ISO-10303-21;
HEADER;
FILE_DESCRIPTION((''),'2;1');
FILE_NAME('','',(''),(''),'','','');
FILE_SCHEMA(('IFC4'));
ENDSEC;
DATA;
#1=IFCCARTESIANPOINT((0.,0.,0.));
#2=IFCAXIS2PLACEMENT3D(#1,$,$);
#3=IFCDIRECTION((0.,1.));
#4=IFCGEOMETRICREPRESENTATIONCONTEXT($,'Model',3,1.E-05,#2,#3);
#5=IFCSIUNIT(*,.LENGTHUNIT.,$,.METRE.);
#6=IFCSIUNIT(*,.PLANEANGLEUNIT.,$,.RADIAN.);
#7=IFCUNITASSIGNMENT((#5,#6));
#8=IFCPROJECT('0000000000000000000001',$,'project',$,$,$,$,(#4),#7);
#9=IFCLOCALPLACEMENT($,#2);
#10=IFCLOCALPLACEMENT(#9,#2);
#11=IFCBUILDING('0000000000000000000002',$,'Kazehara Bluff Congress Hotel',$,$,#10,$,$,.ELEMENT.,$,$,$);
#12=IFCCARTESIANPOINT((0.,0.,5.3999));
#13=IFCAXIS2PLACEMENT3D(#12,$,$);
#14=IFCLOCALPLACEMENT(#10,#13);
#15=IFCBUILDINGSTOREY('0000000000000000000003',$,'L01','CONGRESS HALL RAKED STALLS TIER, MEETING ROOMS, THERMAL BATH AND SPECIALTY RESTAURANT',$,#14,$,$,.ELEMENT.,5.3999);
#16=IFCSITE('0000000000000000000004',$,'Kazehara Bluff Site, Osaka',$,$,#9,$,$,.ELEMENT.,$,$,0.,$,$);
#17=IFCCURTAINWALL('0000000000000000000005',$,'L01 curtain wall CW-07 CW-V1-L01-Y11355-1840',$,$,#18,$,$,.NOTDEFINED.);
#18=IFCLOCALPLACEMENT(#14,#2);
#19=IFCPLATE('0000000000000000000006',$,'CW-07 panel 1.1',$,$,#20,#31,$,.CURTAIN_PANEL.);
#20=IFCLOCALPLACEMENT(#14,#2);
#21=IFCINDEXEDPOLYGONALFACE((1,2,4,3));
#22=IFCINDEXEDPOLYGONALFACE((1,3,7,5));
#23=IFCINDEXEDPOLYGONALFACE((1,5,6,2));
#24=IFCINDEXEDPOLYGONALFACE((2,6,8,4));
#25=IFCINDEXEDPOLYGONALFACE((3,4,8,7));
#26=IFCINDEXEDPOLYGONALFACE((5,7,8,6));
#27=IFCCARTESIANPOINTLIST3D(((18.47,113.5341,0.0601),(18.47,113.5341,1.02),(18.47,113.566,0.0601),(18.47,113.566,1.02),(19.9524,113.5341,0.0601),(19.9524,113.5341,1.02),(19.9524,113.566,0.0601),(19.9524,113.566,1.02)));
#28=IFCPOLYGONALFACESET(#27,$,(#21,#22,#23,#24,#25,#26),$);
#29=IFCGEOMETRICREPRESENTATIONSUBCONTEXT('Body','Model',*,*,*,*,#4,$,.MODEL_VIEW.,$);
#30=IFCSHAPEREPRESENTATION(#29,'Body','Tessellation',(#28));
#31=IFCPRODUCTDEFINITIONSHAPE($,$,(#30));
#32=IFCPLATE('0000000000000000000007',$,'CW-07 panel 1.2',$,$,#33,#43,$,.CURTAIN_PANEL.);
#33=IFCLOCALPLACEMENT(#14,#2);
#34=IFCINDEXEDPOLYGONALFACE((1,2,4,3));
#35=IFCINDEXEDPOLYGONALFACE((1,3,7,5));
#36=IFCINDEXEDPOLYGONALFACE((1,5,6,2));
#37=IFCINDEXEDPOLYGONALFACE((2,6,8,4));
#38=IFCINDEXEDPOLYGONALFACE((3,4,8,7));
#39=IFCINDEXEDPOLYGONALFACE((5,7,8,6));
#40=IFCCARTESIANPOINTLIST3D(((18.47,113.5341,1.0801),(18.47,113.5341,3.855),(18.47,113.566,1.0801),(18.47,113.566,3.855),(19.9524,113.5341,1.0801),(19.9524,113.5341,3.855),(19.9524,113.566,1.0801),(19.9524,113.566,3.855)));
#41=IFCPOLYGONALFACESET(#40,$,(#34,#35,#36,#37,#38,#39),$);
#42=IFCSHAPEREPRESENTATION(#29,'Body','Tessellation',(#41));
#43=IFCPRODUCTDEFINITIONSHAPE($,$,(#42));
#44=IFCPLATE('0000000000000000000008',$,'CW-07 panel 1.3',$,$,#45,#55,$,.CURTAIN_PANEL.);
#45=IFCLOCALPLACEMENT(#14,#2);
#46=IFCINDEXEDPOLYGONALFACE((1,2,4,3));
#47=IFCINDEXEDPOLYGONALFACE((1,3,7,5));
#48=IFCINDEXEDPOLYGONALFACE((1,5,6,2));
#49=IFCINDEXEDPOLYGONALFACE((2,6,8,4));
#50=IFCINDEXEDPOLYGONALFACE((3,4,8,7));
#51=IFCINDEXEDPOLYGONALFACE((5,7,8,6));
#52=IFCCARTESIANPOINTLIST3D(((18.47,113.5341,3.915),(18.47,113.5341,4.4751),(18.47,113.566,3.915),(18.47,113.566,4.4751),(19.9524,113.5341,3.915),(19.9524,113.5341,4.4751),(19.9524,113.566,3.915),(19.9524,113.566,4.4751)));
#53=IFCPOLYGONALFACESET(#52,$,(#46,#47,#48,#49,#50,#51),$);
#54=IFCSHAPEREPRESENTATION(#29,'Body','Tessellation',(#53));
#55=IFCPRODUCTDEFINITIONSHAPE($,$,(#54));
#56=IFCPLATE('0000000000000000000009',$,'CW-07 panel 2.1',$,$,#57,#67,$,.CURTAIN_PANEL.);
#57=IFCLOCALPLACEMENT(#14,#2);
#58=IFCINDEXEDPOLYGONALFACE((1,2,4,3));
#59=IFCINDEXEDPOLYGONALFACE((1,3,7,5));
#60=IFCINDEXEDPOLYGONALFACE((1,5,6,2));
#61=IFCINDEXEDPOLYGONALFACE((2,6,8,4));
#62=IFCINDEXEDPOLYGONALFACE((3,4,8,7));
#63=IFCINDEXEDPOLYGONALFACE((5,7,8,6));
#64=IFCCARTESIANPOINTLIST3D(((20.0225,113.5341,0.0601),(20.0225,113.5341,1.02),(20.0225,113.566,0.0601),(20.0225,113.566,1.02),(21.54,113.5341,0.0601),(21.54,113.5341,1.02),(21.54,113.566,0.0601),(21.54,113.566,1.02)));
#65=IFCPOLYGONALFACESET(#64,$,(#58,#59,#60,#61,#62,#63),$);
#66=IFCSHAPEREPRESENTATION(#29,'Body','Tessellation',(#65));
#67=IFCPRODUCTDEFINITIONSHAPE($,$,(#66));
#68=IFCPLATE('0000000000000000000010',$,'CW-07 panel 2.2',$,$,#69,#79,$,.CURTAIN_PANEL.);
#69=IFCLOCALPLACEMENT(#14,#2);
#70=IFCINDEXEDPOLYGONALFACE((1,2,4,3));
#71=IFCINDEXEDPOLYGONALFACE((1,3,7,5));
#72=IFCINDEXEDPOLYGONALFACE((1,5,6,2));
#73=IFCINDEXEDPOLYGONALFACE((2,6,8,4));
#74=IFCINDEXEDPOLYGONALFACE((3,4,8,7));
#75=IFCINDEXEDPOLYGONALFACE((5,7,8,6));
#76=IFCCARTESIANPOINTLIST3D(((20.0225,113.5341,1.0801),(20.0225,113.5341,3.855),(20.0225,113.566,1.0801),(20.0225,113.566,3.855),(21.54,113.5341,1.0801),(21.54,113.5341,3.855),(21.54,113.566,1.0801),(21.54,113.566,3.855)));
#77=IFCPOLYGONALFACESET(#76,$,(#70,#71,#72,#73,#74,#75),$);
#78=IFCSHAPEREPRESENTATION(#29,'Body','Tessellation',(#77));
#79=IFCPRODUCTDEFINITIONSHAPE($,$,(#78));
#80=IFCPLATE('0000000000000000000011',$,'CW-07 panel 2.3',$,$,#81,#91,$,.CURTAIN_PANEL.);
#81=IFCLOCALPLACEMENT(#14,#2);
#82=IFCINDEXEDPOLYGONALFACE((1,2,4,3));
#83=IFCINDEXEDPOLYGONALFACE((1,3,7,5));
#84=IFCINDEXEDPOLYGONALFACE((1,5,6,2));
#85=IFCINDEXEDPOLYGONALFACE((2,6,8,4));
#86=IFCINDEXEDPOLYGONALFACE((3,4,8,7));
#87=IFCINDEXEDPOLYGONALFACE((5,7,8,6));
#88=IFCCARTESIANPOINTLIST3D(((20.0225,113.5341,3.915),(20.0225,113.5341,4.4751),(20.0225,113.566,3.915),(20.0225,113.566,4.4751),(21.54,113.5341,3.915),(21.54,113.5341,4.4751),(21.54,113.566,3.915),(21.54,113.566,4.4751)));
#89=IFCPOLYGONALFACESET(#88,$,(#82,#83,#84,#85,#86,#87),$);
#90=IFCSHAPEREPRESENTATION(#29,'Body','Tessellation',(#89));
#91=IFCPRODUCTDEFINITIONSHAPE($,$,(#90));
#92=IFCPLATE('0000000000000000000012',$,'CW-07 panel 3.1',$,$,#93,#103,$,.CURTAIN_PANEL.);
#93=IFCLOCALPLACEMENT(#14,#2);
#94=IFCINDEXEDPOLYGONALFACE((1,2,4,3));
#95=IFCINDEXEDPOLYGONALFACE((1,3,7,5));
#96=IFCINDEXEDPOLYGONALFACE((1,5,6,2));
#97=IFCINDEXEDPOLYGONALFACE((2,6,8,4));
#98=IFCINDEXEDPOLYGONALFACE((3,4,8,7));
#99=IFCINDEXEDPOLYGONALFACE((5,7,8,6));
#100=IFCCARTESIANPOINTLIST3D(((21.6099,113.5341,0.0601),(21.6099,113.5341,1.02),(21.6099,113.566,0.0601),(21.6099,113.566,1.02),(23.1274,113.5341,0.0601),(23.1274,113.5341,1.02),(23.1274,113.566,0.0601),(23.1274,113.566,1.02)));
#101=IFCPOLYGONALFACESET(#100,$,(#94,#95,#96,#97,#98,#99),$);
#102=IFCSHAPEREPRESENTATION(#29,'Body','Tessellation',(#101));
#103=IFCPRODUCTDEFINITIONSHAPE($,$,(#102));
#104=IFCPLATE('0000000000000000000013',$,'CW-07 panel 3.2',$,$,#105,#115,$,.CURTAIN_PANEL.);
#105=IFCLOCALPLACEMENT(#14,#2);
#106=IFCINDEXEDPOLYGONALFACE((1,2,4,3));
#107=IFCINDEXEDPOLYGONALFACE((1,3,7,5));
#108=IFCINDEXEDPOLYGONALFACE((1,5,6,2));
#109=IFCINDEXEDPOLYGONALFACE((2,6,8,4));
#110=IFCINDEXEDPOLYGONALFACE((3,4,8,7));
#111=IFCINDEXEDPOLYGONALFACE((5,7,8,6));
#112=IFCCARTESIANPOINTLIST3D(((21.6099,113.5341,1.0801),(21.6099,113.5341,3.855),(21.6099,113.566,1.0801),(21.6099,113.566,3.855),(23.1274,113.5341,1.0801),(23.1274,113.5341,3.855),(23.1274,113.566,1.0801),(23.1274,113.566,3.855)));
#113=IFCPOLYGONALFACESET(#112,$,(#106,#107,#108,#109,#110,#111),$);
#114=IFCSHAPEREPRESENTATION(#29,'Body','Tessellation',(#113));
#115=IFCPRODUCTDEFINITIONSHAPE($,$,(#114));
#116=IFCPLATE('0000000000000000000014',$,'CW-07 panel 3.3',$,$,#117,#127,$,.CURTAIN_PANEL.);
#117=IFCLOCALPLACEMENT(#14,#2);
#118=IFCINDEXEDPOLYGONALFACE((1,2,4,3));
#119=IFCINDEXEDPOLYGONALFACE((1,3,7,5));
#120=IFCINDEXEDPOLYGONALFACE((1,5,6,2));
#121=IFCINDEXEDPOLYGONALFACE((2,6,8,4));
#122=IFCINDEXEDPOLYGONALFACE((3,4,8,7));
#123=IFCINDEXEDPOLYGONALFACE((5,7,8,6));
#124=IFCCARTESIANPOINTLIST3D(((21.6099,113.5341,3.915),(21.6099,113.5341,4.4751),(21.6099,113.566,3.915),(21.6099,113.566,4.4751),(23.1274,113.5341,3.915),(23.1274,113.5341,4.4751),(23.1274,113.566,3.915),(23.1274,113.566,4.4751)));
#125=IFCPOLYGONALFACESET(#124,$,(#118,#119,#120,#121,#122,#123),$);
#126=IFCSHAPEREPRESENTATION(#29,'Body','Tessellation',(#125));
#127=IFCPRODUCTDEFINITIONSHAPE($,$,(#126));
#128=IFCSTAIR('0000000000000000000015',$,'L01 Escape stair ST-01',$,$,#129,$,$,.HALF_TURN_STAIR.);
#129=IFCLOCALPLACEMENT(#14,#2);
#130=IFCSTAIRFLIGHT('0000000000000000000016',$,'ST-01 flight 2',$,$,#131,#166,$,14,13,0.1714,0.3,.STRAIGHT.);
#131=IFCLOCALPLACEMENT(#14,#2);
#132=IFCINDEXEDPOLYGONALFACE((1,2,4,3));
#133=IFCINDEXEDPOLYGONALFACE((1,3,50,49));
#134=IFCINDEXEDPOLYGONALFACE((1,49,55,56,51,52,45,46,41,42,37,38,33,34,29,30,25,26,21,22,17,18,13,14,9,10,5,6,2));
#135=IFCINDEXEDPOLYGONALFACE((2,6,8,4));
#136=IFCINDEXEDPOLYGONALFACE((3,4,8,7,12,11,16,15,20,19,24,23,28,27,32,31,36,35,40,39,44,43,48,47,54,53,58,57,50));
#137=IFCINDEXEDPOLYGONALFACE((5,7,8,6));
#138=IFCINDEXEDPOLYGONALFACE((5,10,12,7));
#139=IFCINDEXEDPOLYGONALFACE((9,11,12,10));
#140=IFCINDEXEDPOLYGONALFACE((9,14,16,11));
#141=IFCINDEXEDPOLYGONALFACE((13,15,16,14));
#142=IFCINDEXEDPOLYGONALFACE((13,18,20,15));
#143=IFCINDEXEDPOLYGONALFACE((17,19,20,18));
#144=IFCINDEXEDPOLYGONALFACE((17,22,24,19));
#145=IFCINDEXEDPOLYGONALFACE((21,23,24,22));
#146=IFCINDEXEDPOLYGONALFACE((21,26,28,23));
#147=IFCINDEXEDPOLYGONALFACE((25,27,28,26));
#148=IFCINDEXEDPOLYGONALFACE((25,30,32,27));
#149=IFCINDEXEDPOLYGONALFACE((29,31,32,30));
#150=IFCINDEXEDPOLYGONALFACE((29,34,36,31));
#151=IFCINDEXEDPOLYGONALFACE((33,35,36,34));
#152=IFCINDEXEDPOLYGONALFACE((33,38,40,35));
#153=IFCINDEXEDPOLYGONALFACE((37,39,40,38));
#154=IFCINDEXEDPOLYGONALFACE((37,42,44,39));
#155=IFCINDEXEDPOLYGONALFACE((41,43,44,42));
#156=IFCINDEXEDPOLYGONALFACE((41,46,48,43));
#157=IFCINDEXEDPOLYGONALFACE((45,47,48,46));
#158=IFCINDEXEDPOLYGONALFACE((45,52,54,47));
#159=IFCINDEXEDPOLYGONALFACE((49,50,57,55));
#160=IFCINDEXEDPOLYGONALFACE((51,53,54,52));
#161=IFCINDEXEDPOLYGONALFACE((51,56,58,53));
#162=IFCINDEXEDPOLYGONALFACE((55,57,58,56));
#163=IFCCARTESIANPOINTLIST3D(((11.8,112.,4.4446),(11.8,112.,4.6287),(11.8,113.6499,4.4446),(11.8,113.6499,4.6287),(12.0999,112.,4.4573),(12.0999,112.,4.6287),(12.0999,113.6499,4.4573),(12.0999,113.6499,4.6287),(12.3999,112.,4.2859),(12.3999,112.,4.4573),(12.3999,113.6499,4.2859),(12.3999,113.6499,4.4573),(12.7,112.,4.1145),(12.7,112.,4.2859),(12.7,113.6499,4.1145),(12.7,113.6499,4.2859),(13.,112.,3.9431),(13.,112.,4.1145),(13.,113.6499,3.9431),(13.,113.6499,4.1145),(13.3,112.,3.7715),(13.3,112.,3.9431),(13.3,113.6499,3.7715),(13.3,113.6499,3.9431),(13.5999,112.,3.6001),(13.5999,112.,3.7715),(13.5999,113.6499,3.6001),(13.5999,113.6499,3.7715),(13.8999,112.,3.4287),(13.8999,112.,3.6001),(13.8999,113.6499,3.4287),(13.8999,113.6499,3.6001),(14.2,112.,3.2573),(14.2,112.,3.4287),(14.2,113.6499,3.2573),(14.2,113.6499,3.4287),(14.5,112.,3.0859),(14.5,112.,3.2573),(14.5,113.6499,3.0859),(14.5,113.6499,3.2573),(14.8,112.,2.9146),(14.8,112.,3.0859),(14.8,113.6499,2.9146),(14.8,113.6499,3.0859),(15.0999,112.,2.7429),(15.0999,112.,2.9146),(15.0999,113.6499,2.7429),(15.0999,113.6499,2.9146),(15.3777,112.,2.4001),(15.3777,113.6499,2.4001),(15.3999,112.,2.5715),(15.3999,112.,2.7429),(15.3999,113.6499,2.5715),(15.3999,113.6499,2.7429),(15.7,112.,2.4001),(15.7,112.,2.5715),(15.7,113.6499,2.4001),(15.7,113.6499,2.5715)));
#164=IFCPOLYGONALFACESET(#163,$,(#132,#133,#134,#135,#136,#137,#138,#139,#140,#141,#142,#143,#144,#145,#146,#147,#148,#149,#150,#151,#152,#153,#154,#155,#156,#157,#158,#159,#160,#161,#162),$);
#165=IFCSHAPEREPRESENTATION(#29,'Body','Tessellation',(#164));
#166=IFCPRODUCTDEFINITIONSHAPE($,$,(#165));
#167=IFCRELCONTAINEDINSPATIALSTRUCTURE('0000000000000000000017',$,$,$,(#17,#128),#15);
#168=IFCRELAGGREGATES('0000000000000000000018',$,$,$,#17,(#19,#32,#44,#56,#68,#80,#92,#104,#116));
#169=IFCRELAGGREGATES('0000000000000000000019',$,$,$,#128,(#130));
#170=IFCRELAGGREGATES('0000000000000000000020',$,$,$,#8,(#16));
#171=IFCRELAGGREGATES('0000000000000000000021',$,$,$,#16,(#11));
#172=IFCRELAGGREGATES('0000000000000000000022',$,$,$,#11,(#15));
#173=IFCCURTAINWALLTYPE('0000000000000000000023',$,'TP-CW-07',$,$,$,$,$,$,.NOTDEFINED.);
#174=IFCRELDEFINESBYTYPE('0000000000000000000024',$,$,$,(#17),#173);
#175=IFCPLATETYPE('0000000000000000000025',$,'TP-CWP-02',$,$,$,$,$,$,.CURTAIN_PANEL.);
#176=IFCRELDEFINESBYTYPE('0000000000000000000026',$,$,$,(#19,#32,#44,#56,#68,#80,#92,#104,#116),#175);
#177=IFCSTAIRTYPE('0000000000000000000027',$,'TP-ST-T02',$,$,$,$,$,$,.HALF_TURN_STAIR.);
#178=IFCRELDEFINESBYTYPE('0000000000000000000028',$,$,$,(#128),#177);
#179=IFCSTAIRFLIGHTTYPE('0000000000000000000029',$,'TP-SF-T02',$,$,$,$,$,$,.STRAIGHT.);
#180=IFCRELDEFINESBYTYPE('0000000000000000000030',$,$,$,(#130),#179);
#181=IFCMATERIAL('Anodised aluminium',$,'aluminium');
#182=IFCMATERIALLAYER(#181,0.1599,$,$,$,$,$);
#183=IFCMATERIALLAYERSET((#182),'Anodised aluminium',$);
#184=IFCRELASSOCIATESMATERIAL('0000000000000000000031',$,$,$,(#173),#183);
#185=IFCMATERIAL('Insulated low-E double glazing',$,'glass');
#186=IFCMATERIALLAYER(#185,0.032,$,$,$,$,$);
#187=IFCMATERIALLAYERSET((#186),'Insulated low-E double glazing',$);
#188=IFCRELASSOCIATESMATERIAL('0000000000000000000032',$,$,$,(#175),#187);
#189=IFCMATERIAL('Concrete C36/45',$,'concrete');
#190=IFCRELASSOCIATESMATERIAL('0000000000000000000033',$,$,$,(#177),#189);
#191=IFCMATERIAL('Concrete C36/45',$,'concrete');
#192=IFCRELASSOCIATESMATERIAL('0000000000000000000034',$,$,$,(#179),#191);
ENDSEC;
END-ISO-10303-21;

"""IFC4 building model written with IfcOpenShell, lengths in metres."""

from ifc_helpers import new_model, si_unit, direction, frame, origin, origin_2d, place, context, subcontext, project, spatial, polyline, rectangle, outline, extrude, material, layer, layer_set, type_object, element, aggregate, save


model = new_model("IFC4")

# Units and contexts
model_context = context("Model", 3, precision=1e-05, world=origin(), true_north=direction((0.0, 1.0)))
body_context = subcontext(model_context, "Body", "Model", "MODEL_VIEW")
ifc_project = project(units=[si_unit("LENGTHUNIT", "METRE"), si_unit("PLANEANGLEUNIT", "RADIAN")], contexts=[model_context])

# Site, building, storey
site_placement = place(None, origin())
site = spatial("IfcSite", under=ifc_project, at=site_placement, Name="Kazehara Bluff Site, Osaka", CompositionType="ELEMENT", RefElevation=0.0)
building_placement = place(site_placement, origin())
building = spatial("IfcBuilding", under=site, at=building_placement, Name="Kazehara Bluff Congress Hotel", CompositionType="ELEMENT")
storey_placement = place(building_placement, frame((0.0, 0.0, 5.3999)))
storey = spatial("IfcBuildingStorey", under=building, at=storey_placement, Name="L01", Description="CONGRESS HALL RAKED STALLS TIER, MEETING ROOMS, THERMAL BATH AND SPECIALTY RESTAURANT", CompositionType="ELEMENT", Elevation=5.3999)

# Curtain wall
ifc_material_1 = material(Name="Anodised aluminium", Category="aluminium")
ifc_layer_1 = layer(ifc_material_1, 0.1599)
ifc_layer_set_1 = layer_set([ifc_layer_1], Name="Anodised aluminium")
curtain_wall_type = type_object("IfcCurtainWallType", Name="TP-CW-07", PredefinedType="NOTDEFINED", material=ifc_layer_set_1)
curtain_wall_placement = place(storey_placement, origin())
curtain_wall = element("IfcCurtainWall", 1, at=curtain_wall_placement, inside=storey, type_object=curtain_wall_type, Name="L01 curtain wall CW-07 CW-V1-L01-Y11355-1840", PredefinedType="NOTDEFINED")

# Plates
ifc_material_2 = material(Name="Insulated low-E double glazing", Category="glass")
ifc_layer_2 = layer(ifc_material_2, 0.032)
ifc_layer_set_2 = layer_set([ifc_layer_2], Name="Insulated low-E double glazing")
plate_type = type_object("IfcPlateType", Name="TP-CWP-02", PredefinedType="CURTAIN_PANEL", material=ifc_layer_set_2)
plate_1_placement = place(storey_placement, frame((19.2112, 113.55, 0.0601), z_axis=(0.0, 0.0, 1.0), x_axis=(1.0, 0.0, 0.0)))
plate_1 = element("IfcPlate", 2, at=plate_1_placement, type_object=plate_type, Name="CW-07 panel 1.1", PredefinedType="CURTAIN_PANEL", context=body_context, shape_type="SweptSolid", body=[
    extrude(rectangle(XDim=1.4824, YDim=0.032, at=origin_2d()), origin(), (0.0, 0.0, 1.0), 0.96),
])
plate_2_placement = place(storey_placement, frame((19.2112, 113.55, 1.0801), z_axis=(0.0, 0.0, 1.0), x_axis=(1.0, 0.0, 0.0)))
plate_2 = element("IfcPlate", 3, at=plate_2_placement, type_object=plate_type, Name="CW-07 panel 1.2", PredefinedType="CURTAIN_PANEL", context=body_context, shape_type="SweptSolid", body=[
    extrude(rectangle(XDim=1.4824, YDim=0.032, at=origin_2d()), origin(), (0.0, 0.0, 1.0), 2.7749),
])
plate_3_placement = place(storey_placement, frame((19.2112, 113.55, 3.915), z_axis=(0.0, 0.0, 1.0), x_axis=(1.0, 0.0, 0.0)))
plate_3 = element("IfcPlate", 4, at=plate_3_placement, type_object=plate_type, Name="CW-07 panel 1.3", PredefinedType="CURTAIN_PANEL", context=body_context, shape_type="SweptSolid", body=[
    extrude(rectangle(XDim=1.4824, YDim=0.032, at=origin_2d()), origin(), (0.0, 0.0, 1.0), 0.5601),
])
plate_4_placement = place(storey_placement, frame((20.7812, 113.55, 0.0601), z_axis=(0.0, 0.0, 1.0), x_axis=(1.0, 0.0, 0.0)))
plate_4 = element("IfcPlate", 5, at=plate_4_placement, type_object=plate_type, Name="CW-07 panel 2.1", PredefinedType="CURTAIN_PANEL", context=body_context, shape_type="SweptSolid", body=[
    extrude(rectangle(XDim=1.5176, YDim=0.032, at=origin_2d()), origin(), (0.0, 0.0, 1.0), 0.96),
])
plate_5_placement = place(storey_placement, frame((20.7812, 113.55, 1.0801), z_axis=(0.0, 0.0, 1.0), x_axis=(1.0, 0.0, 0.0)))
plate_5 = element("IfcPlate", 6, at=plate_5_placement, type_object=plate_type, Name="CW-07 panel 2.2", PredefinedType="CURTAIN_PANEL", context=body_context, shape_type="SweptSolid", body=[
    extrude(rectangle(XDim=1.5176, YDim=0.032, at=origin_2d()), origin(), (0.0, 0.0, 1.0), 2.7749),
])
plate_6_placement = place(storey_placement, frame((20.7812, 113.55, 3.915), z_axis=(0.0, 0.0, 1.0), x_axis=(1.0, 0.0, 0.0)))
plate_6 = element("IfcPlate", 7, at=plate_6_placement, type_object=plate_type, Name="CW-07 panel 2.3", PredefinedType="CURTAIN_PANEL", context=body_context, shape_type="SweptSolid", body=[
    extrude(rectangle(XDim=1.5176, YDim=0.032, at=origin_2d()), origin(), (0.0, 0.0, 1.0), 0.5601),
])
plate_7_placement = place(storey_placement, frame((22.3687, 113.55, 0.0601), z_axis=(0.0, 0.0, 1.0), x_axis=(1.0, 0.0, 0.0)))
plate_7 = element("IfcPlate", 8, at=plate_7_placement, type_object=plate_type, Name="CW-07 panel 3.1", PredefinedType="CURTAIN_PANEL", context=body_context, shape_type="SweptSolid", body=[
    extrude(rectangle(XDim=1.5176, YDim=0.032, at=origin_2d()), origin(), (0.0, 0.0, 1.0), 0.96),
])
plate_8_placement = place(storey_placement, frame((22.3687, 113.55, 1.0801), z_axis=(0.0, 0.0, 1.0), x_axis=(1.0, 0.0, 0.0)))
plate_8 = element("IfcPlate", 9, at=plate_8_placement, type_object=plate_type, Name="CW-07 panel 3.2", PredefinedType="CURTAIN_PANEL", context=body_context, shape_type="SweptSolid", body=[
    extrude(rectangle(XDim=1.5176, YDim=0.032, at=origin_2d()), origin(), (0.0, 0.0, 1.0), 2.7749),
])
plate_9_placement = place(storey_placement, frame((22.3687, 113.55, 3.915), z_axis=(0.0, 0.0, 1.0), x_axis=(1.0, 0.0, 0.0)))
plate_9 = element("IfcPlate", 10, at=plate_9_placement, type_object=plate_type, Name="CW-07 panel 3.3", PredefinedType="CURTAIN_PANEL", context=body_context, shape_type="SweptSolid", body=[
    extrude(rectangle(XDim=1.5176, YDim=0.032, at=origin_2d()), origin(), (0.0, 0.0, 1.0), 0.5601),
])
aggregate(curtain_wall, [plate_1, plate_2, plate_3, plate_4, plate_5, plate_6, plate_7, plate_8, plate_9])

# Stair, stair flight
ifc_material_3 = material(Name="Concrete C36/45", Category="concrete")
stair_type = type_object("IfcStairType", Name="TP-ST-T02", PredefinedType="HALF_TURN_STAIR", material=ifc_material_3)
stair_placement = place(storey_placement, origin())
stair = element("IfcStair", 11, at=stair_placement, inside=storey, type_object=stair_type, Name="L01 Escape stair ST-01", PredefinedType="HALF_TURN_STAIR")
ifc_material_4 = material(Name="Concrete C36/45", Category="concrete")
stair_flight_type = type_object("IfcStairFlightType", Name="TP-SF-T02", PredefinedType="STRAIGHT", material=ifc_material_4)
stair_flight_placement = place(storey_placement, frame((15.7, 112.825, 2.4001), z_axis=(0.0, 0.0, 1.0), x_axis=(-1.0, 0.0, 0.0)))
stair_flight = element("IfcStairFlight", 12, at=stair_flight_placement, type_object=stair_flight_type, Name="ST-01 flight 2", NumberOfRisers=14, NumberOfTreads=13, PredefinedType="STRAIGHT", RiserHeight=0.1714, TreadLength=0.3, context=body_context, shape_type="SweptSolid", body=[
    extrude(outline(polyline([(0.0, 0.0), (0.0, 0.1714), (0.3, 0.1714), (0.3, 0.3428), (0.6001, 0.3428), (0.6001, 0.5144), (0.8999, 0.5144), (0.8999, 0.6858), (1.2, 0.6858), (1.2, 0.8572), (1.5, 0.8572), (1.5, 1.0286), (1.8, 1.0286), (1.8, 1.2), (2.1001, 1.2), (2.1001, 1.3713), (2.3999, 1.3713), (2.3999, 1.543), (2.7, 1.543), (2.7, 1.7144), (3.0, 1.7144), (3.0, 1.8857), (3.3, 1.8857), (3.3, 2.0571), (3.6001, 2.0571), (3.6001, 2.2285), (3.8999, 2.2285), (3.8999, 2.3999), (3.8999, 2.0444), (0.3223, 0.0), (0.0, 0.0)])), frame((0.0, 0.825, 0.0), z_axis=(0.0, -1.0, 0.0), x_axis=(1.0, 0.0, 0.0)), (0.0, 0.0, 1.0), 1.6499),
])
aggregate(stair, [stair_flight])

save(model, "model.ifc")
